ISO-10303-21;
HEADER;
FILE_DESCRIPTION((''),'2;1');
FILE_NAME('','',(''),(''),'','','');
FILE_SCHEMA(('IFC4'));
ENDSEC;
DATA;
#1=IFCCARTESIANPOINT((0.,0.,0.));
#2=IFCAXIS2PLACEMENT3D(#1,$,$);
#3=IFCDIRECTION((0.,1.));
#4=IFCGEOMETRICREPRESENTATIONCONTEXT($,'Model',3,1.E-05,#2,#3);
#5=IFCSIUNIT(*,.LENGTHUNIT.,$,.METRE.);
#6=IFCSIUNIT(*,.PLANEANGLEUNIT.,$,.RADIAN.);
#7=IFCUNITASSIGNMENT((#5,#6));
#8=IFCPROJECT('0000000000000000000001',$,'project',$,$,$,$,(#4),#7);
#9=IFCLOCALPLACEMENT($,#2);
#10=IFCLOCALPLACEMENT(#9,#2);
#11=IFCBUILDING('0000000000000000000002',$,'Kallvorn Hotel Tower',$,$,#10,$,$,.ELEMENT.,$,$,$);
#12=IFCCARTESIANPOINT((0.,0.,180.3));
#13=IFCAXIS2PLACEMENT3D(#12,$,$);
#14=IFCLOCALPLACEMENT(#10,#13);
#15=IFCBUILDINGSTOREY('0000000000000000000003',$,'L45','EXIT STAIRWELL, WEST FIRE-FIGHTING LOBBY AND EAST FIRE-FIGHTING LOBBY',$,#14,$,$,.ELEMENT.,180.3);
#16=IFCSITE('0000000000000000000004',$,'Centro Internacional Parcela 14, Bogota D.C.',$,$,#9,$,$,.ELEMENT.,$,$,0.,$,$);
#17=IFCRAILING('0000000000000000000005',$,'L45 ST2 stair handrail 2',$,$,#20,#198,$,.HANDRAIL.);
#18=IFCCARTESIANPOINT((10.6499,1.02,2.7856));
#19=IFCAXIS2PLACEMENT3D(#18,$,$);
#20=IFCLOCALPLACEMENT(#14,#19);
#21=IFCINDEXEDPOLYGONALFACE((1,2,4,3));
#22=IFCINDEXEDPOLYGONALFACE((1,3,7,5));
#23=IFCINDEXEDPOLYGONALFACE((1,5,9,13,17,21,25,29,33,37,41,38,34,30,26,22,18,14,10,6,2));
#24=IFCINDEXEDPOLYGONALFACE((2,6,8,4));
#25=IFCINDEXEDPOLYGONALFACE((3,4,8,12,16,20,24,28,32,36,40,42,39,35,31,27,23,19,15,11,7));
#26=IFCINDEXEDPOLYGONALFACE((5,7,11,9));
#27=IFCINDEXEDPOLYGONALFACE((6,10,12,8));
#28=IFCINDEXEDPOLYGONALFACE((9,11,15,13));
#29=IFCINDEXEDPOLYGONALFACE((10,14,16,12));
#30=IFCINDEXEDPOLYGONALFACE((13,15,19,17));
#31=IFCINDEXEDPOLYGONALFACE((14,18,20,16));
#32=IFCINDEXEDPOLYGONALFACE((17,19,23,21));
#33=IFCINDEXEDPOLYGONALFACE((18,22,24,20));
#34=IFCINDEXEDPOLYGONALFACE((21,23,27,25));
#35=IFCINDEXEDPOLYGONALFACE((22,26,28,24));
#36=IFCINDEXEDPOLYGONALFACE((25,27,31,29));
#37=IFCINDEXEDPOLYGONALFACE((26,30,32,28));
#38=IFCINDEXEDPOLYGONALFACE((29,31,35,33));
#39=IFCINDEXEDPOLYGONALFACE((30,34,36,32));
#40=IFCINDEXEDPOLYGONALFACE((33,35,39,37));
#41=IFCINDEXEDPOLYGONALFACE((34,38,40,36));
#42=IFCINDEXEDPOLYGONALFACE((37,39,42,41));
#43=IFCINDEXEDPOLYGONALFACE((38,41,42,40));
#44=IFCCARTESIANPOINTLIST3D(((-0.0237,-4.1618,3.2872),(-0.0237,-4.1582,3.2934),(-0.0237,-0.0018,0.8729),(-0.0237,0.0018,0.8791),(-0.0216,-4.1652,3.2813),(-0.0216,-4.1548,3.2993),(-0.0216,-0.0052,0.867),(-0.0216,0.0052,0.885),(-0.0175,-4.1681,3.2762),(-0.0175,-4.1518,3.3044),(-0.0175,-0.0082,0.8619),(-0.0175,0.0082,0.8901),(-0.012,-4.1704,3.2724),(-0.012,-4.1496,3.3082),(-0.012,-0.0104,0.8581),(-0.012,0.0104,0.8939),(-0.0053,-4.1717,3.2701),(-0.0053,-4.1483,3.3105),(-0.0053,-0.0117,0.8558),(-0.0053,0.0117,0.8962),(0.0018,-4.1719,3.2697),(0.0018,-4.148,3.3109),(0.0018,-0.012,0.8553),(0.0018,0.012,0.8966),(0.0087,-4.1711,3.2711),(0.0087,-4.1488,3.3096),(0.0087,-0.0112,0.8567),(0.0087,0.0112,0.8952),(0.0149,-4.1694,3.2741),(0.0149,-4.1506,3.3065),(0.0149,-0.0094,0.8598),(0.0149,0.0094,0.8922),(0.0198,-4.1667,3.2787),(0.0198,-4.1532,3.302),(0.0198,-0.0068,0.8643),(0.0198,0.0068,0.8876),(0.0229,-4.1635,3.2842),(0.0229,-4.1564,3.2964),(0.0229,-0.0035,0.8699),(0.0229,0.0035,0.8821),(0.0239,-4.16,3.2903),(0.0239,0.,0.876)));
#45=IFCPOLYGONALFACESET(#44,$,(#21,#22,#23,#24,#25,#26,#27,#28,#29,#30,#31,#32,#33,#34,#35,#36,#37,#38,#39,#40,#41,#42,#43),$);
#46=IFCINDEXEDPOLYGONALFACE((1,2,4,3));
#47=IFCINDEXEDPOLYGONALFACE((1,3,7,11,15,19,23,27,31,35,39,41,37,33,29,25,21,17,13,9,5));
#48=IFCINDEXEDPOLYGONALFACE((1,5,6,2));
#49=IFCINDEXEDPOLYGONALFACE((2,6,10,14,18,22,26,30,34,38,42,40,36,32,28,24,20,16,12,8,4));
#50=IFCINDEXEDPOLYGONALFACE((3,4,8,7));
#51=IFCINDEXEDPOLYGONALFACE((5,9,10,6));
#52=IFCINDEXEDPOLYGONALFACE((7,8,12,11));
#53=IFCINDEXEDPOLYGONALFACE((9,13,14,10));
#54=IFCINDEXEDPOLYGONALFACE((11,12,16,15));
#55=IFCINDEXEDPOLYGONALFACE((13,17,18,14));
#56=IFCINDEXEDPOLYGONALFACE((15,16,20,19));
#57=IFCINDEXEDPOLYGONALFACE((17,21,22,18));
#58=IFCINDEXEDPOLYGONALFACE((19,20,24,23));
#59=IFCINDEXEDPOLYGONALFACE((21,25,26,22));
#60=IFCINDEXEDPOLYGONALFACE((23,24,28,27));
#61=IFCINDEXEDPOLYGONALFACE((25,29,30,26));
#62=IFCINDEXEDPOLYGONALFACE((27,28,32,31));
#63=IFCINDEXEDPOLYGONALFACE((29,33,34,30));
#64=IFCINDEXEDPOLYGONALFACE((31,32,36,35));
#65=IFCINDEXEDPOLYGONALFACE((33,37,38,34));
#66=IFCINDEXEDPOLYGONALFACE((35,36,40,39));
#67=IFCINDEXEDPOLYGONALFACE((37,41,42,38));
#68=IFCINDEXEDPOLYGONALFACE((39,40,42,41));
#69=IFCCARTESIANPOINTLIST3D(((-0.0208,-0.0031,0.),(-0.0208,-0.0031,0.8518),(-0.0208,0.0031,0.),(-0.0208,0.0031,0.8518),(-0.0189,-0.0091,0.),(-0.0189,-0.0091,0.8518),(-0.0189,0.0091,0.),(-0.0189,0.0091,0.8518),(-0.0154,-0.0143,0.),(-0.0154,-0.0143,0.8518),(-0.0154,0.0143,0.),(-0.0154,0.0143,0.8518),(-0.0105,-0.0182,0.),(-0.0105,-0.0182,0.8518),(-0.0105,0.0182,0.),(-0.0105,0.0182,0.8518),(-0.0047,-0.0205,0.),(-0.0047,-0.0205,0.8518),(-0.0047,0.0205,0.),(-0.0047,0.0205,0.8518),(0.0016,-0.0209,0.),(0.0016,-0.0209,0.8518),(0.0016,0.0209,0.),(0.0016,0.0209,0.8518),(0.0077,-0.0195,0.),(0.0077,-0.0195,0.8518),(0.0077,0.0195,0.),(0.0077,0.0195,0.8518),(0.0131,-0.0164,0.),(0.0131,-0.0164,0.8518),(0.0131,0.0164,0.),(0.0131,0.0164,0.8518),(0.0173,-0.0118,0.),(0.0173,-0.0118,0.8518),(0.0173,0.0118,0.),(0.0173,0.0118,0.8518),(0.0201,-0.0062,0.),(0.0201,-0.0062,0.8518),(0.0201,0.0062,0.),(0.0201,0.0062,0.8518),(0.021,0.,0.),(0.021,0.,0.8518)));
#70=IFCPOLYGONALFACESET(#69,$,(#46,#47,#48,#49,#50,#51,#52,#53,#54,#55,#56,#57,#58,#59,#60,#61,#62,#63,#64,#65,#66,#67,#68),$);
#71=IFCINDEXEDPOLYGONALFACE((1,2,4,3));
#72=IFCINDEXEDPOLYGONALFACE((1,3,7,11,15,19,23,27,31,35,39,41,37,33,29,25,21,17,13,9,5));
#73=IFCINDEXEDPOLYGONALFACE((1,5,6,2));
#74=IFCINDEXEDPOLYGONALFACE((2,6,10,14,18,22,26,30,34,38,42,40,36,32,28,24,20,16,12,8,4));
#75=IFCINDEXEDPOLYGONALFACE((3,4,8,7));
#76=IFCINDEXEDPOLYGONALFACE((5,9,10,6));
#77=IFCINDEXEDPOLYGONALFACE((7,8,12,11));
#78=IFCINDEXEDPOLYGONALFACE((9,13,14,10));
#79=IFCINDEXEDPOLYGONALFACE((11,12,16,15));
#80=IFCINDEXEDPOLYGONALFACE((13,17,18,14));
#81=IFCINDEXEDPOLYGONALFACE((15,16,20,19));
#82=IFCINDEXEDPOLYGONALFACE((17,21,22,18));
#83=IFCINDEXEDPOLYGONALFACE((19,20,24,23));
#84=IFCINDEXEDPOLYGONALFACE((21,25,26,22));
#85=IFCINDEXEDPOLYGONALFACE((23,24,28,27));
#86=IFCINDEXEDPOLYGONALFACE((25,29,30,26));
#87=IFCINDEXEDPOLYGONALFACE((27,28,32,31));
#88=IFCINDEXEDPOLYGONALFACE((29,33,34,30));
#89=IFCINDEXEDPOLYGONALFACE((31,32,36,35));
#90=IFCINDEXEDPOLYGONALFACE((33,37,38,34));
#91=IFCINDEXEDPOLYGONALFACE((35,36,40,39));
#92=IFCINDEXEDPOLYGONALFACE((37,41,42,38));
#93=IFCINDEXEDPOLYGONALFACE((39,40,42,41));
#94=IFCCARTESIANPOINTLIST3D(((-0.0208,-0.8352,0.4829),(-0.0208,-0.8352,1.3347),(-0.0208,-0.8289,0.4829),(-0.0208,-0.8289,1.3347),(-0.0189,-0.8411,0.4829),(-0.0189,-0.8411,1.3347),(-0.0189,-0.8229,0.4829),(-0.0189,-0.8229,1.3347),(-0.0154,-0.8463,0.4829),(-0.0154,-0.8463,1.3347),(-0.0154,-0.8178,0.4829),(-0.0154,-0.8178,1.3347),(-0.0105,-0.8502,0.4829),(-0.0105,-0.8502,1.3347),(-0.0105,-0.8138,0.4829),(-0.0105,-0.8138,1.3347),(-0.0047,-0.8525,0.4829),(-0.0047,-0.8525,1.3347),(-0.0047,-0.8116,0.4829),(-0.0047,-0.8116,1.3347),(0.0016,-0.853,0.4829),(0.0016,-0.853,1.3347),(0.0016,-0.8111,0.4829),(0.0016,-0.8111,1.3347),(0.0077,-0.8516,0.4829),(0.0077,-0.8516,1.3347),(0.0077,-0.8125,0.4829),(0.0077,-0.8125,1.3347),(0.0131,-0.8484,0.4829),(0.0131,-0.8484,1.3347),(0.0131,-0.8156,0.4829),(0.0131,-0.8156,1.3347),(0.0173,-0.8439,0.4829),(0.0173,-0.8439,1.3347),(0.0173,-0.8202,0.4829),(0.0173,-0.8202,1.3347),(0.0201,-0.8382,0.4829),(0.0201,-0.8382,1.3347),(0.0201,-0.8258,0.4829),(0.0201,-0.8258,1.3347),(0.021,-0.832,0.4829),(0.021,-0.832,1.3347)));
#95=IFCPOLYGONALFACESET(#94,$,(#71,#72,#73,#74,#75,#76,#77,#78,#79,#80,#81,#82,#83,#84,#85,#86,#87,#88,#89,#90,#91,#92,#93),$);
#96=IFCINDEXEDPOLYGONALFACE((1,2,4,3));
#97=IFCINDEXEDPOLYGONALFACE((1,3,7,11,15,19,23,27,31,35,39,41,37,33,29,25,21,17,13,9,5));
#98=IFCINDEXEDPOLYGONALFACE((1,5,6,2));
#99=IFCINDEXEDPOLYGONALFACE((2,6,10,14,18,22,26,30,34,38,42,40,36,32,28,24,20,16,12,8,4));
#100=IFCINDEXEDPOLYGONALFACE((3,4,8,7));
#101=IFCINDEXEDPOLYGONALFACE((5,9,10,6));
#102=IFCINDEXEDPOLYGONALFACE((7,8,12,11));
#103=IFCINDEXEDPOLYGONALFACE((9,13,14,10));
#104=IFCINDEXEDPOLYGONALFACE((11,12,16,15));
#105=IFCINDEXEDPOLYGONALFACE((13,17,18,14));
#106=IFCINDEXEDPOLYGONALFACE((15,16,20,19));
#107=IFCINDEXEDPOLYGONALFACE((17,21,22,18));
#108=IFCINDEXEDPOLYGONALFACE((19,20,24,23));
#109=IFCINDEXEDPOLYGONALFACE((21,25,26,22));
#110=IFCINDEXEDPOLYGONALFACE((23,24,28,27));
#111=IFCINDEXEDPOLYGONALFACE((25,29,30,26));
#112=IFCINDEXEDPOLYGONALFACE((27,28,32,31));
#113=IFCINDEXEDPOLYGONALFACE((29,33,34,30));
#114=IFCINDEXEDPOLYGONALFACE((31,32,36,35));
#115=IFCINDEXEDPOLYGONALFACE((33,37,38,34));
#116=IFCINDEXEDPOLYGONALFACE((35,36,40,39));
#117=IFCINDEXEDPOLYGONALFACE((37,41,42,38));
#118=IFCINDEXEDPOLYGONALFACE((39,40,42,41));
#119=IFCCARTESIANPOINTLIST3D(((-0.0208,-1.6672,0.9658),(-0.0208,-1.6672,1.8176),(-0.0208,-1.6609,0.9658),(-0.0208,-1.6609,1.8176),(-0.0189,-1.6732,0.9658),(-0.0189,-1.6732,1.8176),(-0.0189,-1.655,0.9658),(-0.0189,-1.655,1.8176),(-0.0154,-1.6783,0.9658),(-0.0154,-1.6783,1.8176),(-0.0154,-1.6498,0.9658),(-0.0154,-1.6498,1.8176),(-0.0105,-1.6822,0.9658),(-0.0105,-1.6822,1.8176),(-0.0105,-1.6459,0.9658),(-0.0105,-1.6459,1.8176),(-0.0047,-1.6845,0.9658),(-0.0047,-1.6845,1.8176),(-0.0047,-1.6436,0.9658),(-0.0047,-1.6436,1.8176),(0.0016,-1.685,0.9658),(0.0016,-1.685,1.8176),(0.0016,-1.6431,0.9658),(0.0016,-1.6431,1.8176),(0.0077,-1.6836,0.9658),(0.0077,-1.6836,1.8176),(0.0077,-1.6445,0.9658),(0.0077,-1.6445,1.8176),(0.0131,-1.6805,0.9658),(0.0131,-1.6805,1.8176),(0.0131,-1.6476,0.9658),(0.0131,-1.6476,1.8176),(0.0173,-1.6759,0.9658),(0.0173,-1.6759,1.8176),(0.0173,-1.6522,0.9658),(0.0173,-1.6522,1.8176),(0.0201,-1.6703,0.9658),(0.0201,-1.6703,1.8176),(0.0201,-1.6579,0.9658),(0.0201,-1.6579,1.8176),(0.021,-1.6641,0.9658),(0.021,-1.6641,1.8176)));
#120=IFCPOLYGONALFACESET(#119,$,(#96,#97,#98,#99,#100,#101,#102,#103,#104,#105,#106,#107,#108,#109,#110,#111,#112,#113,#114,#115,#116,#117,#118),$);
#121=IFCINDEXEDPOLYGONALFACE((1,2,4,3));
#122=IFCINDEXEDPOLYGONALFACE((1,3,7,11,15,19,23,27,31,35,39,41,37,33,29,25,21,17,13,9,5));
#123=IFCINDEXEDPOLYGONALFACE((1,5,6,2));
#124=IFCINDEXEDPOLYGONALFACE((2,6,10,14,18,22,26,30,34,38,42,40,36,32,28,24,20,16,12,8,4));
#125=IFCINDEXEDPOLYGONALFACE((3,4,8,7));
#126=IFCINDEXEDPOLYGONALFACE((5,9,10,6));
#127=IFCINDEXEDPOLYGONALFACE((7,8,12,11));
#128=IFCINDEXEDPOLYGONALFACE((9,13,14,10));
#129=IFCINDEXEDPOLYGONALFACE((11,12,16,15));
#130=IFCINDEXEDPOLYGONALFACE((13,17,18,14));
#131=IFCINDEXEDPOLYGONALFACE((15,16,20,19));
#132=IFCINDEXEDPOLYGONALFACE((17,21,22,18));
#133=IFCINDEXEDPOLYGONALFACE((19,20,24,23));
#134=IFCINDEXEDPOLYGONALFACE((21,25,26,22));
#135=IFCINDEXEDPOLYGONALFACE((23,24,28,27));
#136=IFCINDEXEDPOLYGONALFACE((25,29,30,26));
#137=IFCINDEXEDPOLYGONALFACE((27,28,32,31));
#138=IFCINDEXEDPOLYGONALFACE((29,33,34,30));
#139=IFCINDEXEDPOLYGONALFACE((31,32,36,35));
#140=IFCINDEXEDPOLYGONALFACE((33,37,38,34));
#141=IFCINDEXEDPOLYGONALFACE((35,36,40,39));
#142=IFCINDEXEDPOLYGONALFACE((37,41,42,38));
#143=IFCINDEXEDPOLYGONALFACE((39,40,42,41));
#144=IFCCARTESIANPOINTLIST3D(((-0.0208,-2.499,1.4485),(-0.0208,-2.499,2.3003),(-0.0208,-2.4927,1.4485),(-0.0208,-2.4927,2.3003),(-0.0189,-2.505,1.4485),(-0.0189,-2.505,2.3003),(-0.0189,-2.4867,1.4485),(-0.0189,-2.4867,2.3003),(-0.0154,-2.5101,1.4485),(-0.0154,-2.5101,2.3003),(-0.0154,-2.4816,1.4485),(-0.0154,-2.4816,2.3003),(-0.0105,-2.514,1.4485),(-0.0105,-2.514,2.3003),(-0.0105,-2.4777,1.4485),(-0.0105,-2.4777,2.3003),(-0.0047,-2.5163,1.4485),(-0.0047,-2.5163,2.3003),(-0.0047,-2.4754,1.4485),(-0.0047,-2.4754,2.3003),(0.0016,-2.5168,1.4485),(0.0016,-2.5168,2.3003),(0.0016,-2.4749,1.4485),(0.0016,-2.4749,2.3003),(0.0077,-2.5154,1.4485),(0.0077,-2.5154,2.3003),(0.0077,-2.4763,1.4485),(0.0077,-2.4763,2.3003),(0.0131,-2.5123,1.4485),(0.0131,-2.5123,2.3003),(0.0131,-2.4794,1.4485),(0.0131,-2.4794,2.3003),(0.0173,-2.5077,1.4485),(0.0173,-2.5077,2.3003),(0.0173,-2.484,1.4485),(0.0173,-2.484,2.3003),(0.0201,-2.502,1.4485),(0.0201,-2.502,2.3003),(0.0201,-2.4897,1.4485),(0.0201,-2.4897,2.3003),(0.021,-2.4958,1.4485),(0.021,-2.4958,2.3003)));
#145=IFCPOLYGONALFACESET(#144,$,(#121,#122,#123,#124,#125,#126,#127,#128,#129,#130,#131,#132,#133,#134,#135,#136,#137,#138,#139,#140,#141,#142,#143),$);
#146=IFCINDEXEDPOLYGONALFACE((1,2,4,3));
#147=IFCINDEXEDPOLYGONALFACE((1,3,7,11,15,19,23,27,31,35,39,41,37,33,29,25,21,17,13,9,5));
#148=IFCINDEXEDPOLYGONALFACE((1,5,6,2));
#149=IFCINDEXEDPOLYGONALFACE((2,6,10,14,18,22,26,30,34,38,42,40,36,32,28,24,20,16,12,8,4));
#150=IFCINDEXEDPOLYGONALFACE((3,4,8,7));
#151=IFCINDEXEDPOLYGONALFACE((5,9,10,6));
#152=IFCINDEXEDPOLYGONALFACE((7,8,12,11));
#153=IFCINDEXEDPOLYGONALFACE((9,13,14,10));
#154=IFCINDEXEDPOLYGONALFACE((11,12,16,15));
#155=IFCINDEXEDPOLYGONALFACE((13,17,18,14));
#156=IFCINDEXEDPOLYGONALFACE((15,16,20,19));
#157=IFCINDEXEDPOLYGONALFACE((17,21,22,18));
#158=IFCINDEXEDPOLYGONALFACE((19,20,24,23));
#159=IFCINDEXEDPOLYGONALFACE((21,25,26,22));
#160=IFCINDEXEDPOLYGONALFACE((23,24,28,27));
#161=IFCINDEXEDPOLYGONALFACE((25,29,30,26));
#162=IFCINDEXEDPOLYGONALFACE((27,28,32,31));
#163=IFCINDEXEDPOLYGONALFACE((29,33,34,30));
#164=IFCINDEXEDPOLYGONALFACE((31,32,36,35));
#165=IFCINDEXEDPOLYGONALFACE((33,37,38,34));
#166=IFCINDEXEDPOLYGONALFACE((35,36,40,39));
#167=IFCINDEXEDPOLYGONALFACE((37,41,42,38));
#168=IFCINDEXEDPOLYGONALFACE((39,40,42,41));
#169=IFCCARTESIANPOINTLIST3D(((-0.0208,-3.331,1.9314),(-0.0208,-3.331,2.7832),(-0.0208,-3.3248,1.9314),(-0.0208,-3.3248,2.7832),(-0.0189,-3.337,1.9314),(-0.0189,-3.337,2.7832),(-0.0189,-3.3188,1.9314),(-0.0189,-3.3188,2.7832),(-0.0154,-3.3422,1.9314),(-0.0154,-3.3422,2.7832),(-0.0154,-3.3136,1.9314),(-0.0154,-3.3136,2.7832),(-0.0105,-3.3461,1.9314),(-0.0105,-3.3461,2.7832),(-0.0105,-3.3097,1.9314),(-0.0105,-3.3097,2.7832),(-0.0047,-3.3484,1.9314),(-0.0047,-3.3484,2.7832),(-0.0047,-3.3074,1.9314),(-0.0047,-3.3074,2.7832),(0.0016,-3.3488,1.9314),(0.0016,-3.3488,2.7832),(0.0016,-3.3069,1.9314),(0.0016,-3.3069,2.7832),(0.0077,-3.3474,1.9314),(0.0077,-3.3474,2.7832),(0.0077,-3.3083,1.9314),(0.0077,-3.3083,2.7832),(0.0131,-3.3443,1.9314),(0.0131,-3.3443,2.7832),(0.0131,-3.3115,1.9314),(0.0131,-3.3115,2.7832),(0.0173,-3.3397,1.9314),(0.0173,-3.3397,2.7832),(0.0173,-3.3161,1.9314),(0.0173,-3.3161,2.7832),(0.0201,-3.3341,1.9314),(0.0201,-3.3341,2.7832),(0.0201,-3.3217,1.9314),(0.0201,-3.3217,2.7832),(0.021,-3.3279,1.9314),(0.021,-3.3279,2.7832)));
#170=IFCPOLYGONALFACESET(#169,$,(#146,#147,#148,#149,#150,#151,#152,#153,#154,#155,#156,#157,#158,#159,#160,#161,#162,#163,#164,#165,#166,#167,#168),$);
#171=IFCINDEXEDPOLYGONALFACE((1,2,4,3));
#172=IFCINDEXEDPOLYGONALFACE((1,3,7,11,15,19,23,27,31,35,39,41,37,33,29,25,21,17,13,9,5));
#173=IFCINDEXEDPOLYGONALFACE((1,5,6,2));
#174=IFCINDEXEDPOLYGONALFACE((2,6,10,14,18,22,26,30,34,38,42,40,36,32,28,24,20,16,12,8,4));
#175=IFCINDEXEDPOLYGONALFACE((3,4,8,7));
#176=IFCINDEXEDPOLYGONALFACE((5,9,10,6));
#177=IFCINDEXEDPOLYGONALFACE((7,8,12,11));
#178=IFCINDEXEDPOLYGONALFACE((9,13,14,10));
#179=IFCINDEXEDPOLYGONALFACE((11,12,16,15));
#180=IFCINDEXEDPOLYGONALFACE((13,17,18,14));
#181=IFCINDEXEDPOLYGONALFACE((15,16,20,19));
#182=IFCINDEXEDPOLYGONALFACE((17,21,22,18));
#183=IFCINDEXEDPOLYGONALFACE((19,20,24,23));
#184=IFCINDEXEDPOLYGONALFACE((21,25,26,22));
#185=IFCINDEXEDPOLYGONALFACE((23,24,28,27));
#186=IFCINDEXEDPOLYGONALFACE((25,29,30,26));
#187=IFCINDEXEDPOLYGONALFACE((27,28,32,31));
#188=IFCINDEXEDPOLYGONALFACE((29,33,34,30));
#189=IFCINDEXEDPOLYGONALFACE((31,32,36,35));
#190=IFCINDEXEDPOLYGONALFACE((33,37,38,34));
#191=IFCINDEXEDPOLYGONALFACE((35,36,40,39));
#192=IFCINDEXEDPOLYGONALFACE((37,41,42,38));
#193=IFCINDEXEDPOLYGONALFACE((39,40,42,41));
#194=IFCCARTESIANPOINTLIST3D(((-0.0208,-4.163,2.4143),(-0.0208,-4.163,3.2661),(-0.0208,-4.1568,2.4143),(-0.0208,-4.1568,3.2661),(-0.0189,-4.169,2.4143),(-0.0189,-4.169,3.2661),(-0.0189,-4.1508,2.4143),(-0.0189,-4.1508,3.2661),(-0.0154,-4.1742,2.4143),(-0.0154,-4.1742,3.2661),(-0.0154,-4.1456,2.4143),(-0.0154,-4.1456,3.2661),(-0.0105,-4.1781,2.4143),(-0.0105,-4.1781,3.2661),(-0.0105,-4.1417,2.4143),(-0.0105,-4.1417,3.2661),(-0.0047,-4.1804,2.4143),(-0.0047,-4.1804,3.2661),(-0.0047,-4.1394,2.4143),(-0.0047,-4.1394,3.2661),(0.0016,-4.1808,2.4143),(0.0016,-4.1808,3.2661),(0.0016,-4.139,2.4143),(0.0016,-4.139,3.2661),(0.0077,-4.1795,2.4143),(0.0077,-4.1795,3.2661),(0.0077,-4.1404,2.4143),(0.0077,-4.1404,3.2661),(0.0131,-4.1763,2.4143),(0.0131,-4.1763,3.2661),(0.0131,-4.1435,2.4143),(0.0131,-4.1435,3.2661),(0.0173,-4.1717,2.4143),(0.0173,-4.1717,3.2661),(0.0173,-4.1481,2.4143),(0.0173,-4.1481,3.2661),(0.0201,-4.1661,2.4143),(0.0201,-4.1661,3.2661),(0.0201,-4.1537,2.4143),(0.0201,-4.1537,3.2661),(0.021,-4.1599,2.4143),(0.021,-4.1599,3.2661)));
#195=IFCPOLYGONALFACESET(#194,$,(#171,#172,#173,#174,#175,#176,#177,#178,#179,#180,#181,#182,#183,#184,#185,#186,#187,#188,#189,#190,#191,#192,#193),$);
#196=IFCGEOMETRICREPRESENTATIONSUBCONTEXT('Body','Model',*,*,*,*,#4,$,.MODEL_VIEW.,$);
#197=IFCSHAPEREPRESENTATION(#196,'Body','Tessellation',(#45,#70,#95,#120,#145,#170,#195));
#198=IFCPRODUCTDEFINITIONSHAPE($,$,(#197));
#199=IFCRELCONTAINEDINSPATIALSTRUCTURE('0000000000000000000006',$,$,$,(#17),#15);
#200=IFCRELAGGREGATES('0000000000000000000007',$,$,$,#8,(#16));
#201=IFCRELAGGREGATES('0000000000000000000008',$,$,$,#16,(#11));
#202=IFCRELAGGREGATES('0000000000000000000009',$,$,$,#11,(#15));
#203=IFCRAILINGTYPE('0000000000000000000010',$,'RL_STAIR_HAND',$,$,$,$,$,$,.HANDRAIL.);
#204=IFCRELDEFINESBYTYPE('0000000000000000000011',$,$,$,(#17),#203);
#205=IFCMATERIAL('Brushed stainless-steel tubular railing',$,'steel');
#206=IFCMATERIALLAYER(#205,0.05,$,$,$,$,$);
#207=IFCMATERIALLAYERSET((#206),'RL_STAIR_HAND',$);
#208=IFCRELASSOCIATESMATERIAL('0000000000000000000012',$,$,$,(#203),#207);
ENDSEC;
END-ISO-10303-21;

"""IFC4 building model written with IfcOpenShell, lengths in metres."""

from ifc_helpers import new_model, si_unit, direction, frame, origin, origin_2d, place, context, subcontext, project, spatial, circle, extrude, material, layer, layer_set, type_object, element, save


model = new_model("IFC4")

# Units and contexts
model_context = context("Model", 3, precision=1e-05, world=origin(), true_north=direction((0.0, 1.0)))
body_context = subcontext(model_context, "Body", "Model", "MODEL_VIEW")
ifc_project = project(units=[si_unit("LENGTHUNIT", "METRE"), si_unit("PLANEANGLEUNIT", "RADIAN")], contexts=[model_context])

# Site, building, storey
site_placement = place(None, origin())
site = spatial("IfcSite", under=ifc_project, at=site_placement, Name="Centro Internacional Parcela 14, Bogota D.C.", CompositionType="ELEMENT", RefElevation=0.0)
building_placement = place(site_placement, origin())
building = spatial("IfcBuilding", under=site, at=building_placement, Name="Kallvorn Hotel Tower", CompositionType="ELEMENT")
storey_placement = place(building_placement, frame((0.0, 0.0, 180.3)))
storey = spatial("IfcBuildingStorey", under=building, at=storey_placement, Name="L45", Description="EXIT STAIRWELL, WEST FIRE-FIGHTING LOBBY AND EAST FIRE-FIGHTING LOBBY", CompositionType="ELEMENT", Elevation=180.3)

# Railing
ifc_material_1 = material(Name="Brushed stainless-steel tubular railing", Category="steel")
ifc_layer_1 = layer(ifc_material_1, 0.05)
ifc_layer_set_1 = layer_set([ifc_layer_1], Name="RL_STAIR_HAND")
railing_type_1 = type_object("IfcRailingType", Name="RL_STAIR_HAND", PredefinedType="HANDRAIL", material=ifc_layer_set_1)
railing_1_placement = place(storey_placement, frame((10.6499, 1.02, 2.7856)))
element("IfcRailing", 1, at=railing_1_placement, inside=storey, type_object=railing_type_1, Name="L45 ST2 stair handrail 2", PredefinedType="HANDRAIL", context=body_context, shape_type="SweptSolid", body=[
    extrude(circle(Radius=0.0239, at=origin_2d()), frame((0.0, 0.0, 0.876), z_axis=(0.0, -0.864891, 0.50196), x_axis=(1.0, 0.0, 0.0)), (0.0, 0.0, 1.0), 4.8098),
    extrude(circle(Radius=0.021, at=origin_2d()), origin(), (0.0, 0.0, 1.0), 0.8518),
    extrude(circle(Radius=0.021, at=origin_2d()), frame((0.0, -0.832, 0.4829)), (0.0, 0.0, 1.0), 0.8518),
    extrude(circle(Radius=0.021, at=origin_2d()), frame((0.0, -1.6641, 0.9658)), (0.0, 0.0, 1.0), 0.8518),
    extrude(circle(Radius=0.021, at=origin_2d()), frame((0.0, -2.4958, 1.4485)), (0.0, 0.0, 1.0), 0.8518),
    extrude(circle(Radius=0.021, at=origin_2d()), frame((0.0, -3.3279, 1.9314)), (0.0, 0.0, 1.0), 0.8518),
    extrude(circle(Radius=0.021, at=origin_2d()), frame((0.0, -4.1599, 2.4143)), (0.0, 0.0, 1.0), 0.8518),
])

save(model, "model.ifc")
